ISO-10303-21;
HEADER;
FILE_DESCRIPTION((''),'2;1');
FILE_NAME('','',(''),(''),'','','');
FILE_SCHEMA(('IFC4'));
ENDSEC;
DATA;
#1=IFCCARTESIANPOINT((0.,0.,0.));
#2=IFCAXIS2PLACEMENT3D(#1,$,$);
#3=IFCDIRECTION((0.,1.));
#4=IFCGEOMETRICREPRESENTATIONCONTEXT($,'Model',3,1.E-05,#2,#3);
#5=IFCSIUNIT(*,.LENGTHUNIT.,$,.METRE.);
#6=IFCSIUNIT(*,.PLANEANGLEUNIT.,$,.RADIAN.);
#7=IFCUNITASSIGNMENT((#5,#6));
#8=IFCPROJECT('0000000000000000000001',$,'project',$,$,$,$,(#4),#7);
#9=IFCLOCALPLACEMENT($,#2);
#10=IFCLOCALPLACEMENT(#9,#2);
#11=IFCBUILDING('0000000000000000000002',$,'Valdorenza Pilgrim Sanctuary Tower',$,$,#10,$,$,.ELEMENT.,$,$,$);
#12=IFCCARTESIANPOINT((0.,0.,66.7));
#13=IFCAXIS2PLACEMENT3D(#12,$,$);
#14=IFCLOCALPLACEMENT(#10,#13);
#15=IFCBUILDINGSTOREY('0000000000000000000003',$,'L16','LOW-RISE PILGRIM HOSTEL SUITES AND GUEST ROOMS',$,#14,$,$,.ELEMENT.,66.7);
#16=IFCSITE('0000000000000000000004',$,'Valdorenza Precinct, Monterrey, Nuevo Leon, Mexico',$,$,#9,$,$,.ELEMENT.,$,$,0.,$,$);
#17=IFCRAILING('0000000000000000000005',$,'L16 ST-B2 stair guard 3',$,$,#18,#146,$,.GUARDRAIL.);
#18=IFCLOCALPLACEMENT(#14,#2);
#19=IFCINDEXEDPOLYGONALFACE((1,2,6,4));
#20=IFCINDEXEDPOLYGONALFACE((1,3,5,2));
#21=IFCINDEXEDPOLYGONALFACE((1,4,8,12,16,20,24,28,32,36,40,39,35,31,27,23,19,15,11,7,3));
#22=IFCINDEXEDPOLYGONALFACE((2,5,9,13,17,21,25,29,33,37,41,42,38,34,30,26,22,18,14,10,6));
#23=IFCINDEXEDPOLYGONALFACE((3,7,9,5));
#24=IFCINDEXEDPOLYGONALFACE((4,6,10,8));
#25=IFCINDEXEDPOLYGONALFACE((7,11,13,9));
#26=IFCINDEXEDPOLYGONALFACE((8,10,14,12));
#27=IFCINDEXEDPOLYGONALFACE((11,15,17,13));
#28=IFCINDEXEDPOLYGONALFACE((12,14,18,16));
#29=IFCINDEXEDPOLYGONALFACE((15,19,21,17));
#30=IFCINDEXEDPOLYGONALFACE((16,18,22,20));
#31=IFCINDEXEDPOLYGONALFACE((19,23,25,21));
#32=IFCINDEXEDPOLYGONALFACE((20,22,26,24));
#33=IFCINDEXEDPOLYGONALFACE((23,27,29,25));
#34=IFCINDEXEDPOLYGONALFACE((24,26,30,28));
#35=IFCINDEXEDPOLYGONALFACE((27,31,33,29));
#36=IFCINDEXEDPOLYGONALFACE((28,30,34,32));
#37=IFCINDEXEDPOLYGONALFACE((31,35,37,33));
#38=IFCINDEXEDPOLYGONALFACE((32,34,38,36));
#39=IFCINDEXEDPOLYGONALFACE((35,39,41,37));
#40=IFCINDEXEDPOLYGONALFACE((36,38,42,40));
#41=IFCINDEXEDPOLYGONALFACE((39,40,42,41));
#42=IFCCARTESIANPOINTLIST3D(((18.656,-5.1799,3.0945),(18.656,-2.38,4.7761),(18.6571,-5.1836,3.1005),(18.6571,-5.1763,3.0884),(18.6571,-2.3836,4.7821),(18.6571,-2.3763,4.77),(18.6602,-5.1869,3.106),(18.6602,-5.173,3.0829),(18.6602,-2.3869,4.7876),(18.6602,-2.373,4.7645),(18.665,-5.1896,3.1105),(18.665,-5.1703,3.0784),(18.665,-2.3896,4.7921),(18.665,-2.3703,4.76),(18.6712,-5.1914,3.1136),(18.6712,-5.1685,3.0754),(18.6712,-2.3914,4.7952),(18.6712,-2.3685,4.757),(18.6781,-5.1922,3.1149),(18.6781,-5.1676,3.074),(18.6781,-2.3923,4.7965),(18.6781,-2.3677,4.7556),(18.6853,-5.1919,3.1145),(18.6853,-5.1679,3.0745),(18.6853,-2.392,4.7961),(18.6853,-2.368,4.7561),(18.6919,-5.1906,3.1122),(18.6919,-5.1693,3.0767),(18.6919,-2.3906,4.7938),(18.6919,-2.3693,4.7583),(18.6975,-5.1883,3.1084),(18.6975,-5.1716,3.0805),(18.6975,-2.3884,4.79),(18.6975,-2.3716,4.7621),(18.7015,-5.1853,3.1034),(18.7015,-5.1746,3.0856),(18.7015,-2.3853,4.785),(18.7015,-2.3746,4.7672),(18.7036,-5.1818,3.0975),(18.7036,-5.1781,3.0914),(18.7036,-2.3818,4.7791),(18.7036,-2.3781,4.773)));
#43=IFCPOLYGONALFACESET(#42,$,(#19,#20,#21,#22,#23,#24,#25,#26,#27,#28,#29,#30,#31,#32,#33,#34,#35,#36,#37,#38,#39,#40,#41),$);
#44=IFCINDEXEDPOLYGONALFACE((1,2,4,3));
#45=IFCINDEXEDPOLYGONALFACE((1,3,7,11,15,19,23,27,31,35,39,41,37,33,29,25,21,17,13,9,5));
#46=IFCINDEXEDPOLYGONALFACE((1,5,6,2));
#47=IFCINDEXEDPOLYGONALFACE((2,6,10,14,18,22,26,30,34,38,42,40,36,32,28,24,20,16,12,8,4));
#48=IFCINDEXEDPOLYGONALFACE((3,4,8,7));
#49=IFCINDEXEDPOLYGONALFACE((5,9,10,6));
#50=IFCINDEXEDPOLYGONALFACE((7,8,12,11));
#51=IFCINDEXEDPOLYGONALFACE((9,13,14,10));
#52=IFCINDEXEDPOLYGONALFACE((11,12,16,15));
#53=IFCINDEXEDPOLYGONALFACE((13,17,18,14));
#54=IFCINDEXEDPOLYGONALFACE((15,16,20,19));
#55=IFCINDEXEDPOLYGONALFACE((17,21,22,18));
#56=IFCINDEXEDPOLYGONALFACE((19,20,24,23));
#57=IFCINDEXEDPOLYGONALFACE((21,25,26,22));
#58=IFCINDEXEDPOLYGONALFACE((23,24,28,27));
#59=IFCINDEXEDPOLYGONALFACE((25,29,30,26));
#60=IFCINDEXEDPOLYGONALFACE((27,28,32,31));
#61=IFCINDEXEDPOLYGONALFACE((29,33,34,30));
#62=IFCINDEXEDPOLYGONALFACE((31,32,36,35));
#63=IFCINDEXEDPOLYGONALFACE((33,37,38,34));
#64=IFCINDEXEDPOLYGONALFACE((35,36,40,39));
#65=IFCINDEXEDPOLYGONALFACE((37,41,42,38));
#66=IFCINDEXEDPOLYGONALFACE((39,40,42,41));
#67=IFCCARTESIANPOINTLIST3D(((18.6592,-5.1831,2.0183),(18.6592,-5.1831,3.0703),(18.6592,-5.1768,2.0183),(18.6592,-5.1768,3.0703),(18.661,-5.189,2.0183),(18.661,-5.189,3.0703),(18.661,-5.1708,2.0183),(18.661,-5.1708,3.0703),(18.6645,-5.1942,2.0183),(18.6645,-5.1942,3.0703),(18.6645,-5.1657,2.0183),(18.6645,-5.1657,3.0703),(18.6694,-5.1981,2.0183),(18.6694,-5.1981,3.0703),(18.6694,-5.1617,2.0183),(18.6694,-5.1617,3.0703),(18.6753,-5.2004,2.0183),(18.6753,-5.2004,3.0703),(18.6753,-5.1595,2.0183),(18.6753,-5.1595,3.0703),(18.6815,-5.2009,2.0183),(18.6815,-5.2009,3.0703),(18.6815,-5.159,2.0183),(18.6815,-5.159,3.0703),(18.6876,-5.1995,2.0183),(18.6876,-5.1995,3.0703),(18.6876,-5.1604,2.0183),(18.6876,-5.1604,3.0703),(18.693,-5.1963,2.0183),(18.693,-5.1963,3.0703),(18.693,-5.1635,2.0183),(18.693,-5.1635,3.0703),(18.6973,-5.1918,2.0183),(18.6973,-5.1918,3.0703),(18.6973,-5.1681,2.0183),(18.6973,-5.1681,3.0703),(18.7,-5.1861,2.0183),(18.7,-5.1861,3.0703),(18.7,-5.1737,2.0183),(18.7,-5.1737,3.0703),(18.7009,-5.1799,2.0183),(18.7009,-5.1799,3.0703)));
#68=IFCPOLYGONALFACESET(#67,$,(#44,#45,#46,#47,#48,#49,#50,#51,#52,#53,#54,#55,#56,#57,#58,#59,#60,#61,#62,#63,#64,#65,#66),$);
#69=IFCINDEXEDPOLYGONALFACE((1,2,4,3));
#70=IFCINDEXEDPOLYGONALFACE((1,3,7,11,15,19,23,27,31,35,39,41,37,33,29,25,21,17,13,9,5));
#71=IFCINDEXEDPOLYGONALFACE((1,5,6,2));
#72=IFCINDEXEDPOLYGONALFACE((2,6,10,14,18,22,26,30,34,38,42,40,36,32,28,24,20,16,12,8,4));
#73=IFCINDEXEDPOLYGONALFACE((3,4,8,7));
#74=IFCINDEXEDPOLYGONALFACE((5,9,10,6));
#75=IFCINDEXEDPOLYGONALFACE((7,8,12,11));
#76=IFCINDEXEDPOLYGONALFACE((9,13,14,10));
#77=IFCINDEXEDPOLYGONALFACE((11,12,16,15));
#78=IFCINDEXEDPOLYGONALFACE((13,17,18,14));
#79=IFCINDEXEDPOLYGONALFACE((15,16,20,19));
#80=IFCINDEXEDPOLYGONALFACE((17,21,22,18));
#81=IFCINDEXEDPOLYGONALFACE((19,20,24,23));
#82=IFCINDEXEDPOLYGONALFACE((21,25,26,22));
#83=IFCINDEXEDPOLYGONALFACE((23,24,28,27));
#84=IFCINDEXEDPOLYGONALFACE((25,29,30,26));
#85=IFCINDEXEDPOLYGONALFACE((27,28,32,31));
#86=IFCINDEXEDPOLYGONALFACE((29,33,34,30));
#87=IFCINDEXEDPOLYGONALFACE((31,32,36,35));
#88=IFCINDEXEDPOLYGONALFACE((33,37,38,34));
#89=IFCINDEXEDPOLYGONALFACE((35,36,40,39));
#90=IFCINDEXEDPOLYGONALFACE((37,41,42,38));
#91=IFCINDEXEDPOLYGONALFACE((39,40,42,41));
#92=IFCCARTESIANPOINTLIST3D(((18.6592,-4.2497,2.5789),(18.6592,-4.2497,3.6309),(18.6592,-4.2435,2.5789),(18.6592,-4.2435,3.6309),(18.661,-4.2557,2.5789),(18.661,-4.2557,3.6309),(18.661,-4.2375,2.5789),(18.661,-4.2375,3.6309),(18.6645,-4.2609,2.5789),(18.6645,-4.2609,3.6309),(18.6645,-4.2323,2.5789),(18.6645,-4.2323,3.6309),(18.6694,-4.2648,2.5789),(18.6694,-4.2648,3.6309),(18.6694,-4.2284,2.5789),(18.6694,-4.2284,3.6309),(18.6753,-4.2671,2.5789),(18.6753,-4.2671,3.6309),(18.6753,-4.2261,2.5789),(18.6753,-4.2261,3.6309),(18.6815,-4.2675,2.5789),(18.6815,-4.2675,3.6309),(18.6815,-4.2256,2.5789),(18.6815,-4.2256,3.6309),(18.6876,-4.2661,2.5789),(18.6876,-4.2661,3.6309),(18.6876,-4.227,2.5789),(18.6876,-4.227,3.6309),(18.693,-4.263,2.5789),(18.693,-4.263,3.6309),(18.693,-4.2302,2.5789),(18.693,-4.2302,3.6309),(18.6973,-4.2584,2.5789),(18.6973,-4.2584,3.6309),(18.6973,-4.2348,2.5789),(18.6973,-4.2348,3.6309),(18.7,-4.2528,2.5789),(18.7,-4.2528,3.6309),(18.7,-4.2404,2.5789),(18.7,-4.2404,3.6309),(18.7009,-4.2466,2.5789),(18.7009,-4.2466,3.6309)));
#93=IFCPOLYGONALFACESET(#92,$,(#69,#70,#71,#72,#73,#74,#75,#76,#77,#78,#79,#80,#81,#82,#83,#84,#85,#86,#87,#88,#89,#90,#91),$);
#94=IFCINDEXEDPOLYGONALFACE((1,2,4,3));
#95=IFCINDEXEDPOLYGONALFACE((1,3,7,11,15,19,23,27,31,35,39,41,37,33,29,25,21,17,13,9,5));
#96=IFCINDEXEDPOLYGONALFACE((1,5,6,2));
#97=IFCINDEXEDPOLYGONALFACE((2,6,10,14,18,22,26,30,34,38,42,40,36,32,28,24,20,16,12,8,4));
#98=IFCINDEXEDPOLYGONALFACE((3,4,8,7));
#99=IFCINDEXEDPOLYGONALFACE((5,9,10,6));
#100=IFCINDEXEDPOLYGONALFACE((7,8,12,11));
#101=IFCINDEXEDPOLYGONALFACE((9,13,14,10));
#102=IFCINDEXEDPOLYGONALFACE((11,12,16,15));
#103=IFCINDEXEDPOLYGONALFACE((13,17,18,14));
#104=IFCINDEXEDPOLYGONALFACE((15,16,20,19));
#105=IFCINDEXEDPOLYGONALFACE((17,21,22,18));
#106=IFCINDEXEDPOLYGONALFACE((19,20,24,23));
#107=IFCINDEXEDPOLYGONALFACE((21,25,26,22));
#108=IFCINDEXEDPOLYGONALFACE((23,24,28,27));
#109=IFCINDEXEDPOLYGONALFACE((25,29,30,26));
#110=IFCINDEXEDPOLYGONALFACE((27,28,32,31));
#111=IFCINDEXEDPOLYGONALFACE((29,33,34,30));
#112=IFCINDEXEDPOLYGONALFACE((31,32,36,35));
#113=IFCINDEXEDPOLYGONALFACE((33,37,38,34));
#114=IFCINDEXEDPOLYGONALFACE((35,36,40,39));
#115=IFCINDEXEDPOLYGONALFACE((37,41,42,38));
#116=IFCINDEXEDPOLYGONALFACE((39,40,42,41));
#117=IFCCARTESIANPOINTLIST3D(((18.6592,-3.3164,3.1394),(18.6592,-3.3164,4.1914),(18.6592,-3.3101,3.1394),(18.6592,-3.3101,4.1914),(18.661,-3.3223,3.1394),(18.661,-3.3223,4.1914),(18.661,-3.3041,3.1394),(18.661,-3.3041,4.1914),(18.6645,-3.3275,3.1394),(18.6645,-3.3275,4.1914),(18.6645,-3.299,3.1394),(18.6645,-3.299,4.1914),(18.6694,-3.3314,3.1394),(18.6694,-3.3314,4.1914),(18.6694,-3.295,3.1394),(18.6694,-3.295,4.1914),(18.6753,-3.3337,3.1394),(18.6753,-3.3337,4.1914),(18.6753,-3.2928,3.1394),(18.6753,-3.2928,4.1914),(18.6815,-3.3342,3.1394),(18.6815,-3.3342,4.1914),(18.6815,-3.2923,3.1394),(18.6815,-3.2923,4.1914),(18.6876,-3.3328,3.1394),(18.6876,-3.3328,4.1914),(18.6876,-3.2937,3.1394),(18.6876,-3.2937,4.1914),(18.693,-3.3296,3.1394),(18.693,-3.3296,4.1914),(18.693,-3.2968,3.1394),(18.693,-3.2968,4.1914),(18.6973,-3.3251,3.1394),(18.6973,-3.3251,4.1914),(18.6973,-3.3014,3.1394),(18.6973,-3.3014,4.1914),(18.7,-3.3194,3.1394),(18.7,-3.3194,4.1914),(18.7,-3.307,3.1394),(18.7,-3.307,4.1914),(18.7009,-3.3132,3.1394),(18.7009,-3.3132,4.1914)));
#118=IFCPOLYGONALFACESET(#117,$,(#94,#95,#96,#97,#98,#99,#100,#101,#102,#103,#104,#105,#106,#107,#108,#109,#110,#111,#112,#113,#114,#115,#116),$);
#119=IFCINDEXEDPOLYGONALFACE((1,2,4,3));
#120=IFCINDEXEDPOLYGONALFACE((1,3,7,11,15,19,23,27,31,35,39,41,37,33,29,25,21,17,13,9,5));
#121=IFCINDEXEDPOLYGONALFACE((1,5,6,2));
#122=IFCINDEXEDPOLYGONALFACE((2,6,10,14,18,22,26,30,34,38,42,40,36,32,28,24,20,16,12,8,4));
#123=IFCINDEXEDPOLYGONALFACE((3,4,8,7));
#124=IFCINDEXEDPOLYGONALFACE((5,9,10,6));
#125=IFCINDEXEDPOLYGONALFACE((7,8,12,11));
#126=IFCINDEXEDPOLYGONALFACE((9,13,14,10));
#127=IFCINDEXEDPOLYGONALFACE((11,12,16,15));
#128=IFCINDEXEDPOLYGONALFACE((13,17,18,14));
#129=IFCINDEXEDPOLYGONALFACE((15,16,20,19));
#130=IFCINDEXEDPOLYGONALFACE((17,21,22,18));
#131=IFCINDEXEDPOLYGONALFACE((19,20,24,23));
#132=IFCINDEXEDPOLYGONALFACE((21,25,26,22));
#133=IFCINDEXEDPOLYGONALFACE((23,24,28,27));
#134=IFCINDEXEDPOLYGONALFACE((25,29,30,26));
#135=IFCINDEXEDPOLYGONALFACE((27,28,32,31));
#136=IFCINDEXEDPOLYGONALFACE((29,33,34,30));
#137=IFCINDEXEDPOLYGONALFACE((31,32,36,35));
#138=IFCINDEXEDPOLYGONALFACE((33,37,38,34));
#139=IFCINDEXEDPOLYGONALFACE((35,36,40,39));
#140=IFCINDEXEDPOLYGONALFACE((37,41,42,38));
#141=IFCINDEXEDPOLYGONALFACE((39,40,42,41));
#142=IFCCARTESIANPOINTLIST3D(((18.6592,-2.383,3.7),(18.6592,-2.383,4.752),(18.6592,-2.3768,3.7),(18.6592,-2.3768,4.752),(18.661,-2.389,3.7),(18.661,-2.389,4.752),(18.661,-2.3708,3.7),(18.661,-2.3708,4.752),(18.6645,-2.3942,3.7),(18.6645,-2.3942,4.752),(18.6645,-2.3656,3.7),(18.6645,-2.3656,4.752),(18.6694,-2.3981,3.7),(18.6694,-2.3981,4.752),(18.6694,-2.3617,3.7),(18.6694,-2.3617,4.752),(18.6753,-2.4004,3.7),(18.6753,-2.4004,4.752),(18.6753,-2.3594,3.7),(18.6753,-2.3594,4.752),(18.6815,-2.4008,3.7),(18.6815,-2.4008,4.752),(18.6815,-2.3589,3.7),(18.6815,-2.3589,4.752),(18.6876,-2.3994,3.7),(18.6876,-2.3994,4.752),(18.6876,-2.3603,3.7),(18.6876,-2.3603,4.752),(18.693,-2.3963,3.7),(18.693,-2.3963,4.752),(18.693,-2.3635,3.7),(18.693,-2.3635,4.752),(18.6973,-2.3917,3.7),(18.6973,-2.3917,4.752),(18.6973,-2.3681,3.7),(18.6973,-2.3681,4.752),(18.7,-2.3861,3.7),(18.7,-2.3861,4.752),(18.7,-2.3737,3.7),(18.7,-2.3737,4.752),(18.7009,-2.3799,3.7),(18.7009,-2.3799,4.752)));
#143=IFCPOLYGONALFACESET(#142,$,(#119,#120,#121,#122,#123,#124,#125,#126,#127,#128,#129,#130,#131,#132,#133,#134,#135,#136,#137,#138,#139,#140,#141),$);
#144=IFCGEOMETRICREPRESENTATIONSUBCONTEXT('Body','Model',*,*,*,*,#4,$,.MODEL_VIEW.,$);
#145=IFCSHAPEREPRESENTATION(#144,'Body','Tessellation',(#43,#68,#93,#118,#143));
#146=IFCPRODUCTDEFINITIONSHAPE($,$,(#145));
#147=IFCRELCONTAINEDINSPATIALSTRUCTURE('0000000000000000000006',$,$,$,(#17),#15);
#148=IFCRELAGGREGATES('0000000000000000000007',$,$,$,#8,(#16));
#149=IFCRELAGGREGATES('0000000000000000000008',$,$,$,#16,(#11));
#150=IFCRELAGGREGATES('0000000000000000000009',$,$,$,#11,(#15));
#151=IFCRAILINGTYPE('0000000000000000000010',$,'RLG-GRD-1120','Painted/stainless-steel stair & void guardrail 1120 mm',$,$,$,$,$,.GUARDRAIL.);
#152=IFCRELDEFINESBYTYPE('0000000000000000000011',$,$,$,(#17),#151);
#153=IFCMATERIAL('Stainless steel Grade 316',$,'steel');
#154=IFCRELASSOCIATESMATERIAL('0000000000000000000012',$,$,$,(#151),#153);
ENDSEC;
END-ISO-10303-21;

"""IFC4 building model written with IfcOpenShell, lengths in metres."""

from ifc_helpers import new_model, si_unit, direction, frame, origin, origin_2d, place, context, subcontext, project, spatial, circle, extrude, material, type_object, element, save


model = new_model("IFC4")

# Units and contexts
model_context = context("Model", 3, precision=1e-05, world=origin(), true_north=direction((0.0, 1.0)))
body_context = subcontext(model_context, "Body", "Model", "MODEL_VIEW")
ifc_project = project(units=[si_unit("LENGTHUNIT", "METRE"), si_unit("PLANEANGLEUNIT", "RADIAN")], contexts=[model_context])

# Site, building, storey
site_placement = place(None, origin())
site = spatial("IfcSite", under=ifc_project, at=site_placement, Name="Valdorenza Precinct, Monterrey, Nuevo Leon, Mexico", CompositionType="ELEMENT", RefElevation=0.0)
building_placement = place(site_placement, origin())
building = spatial("IfcBuilding", under=site, at=building_placement, Name="Valdorenza Pilgrim Sanctuary Tower", CompositionType="ELEMENT")
storey_placement = place(building_placement, frame((0.0, 0.0, 66.7)))
storey = spatial("IfcBuildingStorey", under=building, at=storey_placement, Name="L16", Description="LOW-RISE PILGRIM HOSTEL SUITES AND GUEST ROOMS", CompositionType="ELEMENT", Elevation=66.7)

# Railing
ifc_material_1 = material(Name="Stainless steel Grade 316", Category="steel")
railing_type_1 = type_object("IfcRailingType", Name="RLG-GRD-1120", Description="Painted/stainless-steel stair & void guardrail 1120 mm", PredefinedType="GUARDRAIL", material=ifc_material_1)
railing_1_placement = place(storey_placement, frame((18.6799, -5.1799, 2.0183)))
element("IfcRailing", 1, at=railing_1_placement, inside=storey, type_object=railing_type_1, Name="L16 ST-B2 stair guard 3", PredefinedType="GUARDRAIL", context=body_context, shape_type="SweptSolid", body=[
    extrude(circle(Radius=0.0239, at=origin_2d()), frame((0.0, 0.0, 1.0762), z_axis=(0.0, 0.857275, 0.514858), x_axis=(-1.0, 0.0, 0.0)), (0.0, 0.0, 1.0), 3.2661),
    extrude(circle(Radius=0.021, at=origin_2d()), origin(), (0.0, 0.0, 1.0), 1.052),
    extrude(circle(Radius=0.021, at=origin_2d()), frame((0.0, 0.9333, 0.5605)), (0.0, 0.0, 1.0), 1.052),
    extrude(circle(Radius=0.021, at=origin_2d()), frame((0.0, 1.8667, 1.1211)), (0.0, 0.0, 1.0), 1.052),
    extrude(circle(Radius=0.021, at=origin_2d()), frame((0.0, 2.8, 1.6816)), (0.0, 0.0, 1.0), 1.052),
])

save(model, "model.ifc")
